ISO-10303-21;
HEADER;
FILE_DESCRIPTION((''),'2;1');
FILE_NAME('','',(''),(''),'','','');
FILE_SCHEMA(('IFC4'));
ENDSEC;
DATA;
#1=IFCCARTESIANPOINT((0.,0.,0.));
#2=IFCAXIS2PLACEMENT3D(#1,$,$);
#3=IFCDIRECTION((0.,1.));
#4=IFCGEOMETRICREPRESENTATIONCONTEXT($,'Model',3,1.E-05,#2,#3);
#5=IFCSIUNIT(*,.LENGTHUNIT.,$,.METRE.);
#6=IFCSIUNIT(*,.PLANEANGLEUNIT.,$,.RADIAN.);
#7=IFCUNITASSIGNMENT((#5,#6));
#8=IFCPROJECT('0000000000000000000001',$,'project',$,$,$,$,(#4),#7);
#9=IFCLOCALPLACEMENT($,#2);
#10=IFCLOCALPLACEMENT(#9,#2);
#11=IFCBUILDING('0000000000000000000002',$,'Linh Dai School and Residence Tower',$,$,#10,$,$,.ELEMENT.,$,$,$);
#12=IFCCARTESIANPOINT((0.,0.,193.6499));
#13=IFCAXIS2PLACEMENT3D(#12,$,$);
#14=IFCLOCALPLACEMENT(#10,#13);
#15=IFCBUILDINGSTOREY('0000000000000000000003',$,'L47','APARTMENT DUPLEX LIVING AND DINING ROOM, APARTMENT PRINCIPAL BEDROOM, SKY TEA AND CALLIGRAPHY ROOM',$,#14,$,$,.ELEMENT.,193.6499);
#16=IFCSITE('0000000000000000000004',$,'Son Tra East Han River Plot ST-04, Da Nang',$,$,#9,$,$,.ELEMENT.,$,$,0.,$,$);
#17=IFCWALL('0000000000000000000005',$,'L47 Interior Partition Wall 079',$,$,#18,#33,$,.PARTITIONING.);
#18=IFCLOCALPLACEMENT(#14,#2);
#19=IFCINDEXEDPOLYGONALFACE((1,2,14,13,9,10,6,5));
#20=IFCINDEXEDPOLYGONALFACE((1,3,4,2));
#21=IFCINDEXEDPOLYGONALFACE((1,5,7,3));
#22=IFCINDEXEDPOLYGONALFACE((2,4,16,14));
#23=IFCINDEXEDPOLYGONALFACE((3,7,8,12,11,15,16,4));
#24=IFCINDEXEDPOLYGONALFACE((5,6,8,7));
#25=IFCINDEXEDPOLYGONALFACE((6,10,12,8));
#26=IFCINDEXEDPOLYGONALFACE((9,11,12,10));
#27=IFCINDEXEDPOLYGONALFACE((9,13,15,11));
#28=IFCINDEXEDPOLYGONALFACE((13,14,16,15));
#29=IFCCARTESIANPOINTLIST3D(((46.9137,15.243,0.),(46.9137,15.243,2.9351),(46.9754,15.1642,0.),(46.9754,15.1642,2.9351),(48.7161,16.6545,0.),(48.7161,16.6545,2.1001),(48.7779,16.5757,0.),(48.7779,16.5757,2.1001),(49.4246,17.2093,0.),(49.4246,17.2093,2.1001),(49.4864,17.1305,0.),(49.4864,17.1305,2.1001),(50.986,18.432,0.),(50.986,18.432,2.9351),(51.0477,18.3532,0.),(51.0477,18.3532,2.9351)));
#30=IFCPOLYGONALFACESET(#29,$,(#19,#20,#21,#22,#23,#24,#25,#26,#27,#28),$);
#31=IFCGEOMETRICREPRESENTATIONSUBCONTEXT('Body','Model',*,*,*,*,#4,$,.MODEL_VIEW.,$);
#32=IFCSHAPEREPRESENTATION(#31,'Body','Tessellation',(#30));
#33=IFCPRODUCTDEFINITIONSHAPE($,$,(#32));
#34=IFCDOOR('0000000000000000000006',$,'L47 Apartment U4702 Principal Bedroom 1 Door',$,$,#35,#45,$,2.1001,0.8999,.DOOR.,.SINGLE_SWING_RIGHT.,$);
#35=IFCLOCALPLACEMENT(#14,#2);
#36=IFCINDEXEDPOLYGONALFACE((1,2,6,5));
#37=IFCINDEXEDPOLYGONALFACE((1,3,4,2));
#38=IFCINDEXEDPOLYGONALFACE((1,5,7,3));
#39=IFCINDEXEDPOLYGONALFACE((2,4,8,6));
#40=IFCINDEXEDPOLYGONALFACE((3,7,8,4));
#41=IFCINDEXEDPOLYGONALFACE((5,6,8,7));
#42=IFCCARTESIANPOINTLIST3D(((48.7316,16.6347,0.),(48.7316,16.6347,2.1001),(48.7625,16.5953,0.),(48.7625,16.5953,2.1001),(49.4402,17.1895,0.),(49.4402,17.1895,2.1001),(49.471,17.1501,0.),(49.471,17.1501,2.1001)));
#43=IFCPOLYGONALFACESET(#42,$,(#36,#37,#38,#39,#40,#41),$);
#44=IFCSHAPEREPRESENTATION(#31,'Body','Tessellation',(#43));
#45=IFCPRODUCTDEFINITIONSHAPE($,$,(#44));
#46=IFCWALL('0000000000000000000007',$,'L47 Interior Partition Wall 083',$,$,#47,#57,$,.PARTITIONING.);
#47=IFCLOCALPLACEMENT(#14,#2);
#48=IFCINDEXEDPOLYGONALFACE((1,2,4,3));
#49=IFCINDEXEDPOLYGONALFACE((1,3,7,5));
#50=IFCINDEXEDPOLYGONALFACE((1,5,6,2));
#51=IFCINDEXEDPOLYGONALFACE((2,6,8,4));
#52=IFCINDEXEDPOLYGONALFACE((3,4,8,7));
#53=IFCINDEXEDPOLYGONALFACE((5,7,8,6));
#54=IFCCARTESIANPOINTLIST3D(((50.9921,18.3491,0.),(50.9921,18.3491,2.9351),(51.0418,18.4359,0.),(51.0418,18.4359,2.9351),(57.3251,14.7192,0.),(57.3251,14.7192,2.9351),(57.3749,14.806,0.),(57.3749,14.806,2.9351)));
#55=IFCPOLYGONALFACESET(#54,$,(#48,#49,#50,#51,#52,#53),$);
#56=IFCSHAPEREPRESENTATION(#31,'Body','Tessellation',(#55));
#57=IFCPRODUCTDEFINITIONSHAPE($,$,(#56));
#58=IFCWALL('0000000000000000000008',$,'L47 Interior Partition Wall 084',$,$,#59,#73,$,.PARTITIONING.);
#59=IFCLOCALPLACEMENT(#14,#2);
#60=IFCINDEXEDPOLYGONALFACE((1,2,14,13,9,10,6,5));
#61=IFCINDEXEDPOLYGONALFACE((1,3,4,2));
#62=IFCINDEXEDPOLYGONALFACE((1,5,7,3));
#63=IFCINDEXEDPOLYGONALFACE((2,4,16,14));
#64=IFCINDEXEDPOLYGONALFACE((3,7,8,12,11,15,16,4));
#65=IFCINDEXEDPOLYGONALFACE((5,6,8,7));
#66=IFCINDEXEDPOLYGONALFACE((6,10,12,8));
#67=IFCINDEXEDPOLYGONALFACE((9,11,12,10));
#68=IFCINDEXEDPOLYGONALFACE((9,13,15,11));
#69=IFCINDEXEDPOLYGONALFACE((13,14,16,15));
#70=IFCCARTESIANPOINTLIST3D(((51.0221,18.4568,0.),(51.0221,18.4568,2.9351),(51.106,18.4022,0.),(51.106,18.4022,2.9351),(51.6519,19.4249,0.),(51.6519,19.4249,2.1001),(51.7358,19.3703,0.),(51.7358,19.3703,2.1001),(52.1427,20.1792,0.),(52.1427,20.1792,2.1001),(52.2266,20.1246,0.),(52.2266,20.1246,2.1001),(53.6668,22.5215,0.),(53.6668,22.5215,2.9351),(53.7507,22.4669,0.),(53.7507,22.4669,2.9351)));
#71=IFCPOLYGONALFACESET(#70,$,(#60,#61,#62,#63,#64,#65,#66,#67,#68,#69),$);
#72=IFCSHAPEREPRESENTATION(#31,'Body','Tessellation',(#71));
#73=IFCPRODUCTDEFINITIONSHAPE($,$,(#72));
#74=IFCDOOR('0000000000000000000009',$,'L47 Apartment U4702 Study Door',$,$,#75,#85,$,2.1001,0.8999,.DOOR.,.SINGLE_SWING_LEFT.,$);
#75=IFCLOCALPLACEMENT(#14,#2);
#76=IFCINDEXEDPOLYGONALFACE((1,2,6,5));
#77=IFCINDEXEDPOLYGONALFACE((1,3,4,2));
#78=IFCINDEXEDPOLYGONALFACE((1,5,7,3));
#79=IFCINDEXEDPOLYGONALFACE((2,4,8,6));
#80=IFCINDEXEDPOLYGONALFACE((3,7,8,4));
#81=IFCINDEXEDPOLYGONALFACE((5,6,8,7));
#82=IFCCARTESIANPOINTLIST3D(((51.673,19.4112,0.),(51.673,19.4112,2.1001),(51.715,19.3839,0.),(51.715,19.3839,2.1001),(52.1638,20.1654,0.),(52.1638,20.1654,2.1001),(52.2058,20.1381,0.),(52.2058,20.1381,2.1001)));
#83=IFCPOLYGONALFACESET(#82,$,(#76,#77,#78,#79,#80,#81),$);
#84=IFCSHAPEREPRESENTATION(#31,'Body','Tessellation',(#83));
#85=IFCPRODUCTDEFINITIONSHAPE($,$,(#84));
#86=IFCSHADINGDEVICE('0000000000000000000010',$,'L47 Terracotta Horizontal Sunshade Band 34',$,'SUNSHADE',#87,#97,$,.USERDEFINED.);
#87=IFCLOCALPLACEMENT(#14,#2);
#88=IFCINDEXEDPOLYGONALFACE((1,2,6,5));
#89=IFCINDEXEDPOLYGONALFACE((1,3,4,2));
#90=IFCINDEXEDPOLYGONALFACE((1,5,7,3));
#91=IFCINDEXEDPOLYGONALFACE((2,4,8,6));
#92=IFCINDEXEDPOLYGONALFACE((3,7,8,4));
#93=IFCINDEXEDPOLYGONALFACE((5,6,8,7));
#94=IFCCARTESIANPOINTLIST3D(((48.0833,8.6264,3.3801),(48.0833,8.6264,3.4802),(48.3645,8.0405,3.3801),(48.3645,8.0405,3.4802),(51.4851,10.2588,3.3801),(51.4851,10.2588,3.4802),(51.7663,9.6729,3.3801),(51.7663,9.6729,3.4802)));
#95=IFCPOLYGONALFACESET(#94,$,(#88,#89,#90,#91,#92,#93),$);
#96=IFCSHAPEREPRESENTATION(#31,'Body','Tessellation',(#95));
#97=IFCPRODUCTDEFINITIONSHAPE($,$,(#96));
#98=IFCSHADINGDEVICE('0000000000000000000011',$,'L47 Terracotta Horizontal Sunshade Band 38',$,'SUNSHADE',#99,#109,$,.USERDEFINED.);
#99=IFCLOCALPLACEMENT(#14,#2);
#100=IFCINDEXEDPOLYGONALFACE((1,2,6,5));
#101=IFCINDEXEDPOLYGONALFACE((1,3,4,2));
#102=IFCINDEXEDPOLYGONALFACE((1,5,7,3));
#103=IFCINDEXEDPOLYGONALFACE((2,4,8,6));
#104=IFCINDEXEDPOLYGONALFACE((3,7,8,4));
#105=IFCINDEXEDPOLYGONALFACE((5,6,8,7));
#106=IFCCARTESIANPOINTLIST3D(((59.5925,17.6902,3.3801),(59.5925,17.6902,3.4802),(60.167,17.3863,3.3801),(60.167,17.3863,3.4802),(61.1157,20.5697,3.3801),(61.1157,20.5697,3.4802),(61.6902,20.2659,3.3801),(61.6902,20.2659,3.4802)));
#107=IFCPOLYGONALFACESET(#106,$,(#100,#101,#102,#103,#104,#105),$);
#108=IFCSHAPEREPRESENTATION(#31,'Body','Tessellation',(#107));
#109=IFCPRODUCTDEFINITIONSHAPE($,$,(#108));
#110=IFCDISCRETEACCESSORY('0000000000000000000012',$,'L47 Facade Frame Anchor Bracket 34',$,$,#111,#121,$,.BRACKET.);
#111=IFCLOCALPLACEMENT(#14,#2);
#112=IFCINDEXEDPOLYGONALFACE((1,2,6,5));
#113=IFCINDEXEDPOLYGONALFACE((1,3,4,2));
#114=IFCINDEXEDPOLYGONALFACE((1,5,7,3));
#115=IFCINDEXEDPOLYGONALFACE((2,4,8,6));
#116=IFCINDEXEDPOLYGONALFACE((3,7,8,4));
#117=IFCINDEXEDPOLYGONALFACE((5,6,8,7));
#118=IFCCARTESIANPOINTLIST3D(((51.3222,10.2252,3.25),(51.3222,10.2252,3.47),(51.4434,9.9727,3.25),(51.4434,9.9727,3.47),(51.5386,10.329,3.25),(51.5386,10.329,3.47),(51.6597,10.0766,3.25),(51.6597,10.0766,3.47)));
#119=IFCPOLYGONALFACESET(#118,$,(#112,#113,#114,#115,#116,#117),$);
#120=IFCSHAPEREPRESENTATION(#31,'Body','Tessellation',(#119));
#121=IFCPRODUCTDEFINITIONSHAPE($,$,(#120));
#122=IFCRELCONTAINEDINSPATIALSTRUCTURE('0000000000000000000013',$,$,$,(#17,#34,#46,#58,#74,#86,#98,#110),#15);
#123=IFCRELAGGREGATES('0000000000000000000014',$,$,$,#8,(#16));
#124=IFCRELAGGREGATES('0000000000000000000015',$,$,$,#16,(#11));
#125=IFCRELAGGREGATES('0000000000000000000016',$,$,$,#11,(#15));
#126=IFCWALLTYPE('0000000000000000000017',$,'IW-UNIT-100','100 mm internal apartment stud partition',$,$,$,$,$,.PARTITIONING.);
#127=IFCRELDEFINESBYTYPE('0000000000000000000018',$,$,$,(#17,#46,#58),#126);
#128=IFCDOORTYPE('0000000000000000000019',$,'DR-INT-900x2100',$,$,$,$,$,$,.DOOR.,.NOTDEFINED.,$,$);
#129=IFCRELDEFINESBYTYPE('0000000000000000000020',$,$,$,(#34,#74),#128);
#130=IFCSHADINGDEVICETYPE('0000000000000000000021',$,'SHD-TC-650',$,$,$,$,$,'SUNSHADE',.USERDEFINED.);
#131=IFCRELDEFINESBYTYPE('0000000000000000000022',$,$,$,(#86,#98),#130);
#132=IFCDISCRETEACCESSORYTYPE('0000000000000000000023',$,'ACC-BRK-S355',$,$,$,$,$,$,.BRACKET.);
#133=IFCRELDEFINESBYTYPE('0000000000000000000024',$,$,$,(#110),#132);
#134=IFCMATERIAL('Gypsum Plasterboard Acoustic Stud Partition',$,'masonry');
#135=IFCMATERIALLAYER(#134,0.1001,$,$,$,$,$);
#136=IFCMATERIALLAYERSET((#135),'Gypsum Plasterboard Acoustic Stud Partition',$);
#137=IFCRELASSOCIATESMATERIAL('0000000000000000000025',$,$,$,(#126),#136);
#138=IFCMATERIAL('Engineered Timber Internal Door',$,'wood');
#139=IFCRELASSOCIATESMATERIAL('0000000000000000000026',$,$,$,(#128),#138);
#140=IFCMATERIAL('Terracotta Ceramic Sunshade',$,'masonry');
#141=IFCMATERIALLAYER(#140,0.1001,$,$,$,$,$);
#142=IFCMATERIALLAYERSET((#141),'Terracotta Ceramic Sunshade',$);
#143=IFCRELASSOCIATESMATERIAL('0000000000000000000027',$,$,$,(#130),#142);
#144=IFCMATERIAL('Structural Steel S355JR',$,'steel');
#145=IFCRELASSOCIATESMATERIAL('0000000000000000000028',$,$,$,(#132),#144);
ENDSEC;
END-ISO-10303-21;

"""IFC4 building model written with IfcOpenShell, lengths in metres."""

from ifc_helpers import new_model, si_unit, direction, frame, frame_2d, origin, origin_2d, place, context, subcontext, project, spatial, rectangle, extrude, source, transform, mapped, material, layer, layer_set, type_object, element, fill, save


model = new_model("IFC4")

# Units and contexts
model_context = context("Model", 3, precision=1e-05, world=origin(), true_north=direction((0.0, 1.0)))
body_context = subcontext(model_context, "Body", "Model", "MODEL_VIEW")
ifc_project = project(units=[si_unit("LENGTHUNIT", "METRE"), si_unit("PLANEANGLEUNIT", "RADIAN")], contexts=[model_context])

# Site, building, storey
site_placement = place(None, origin())
site = spatial("IfcSite", under=ifc_project, at=site_placement, Name="Son Tra East Han River Plot ST-04, Da Nang", CompositionType="ELEMENT", RefElevation=0.0)
building_placement = place(site_placement, origin())
building = spatial("IfcBuilding", under=site, at=building_placement, Name="Linh Dai School and Residence Tower", CompositionType="ELEMENT")
storey_placement = place(building_placement, frame((0.0, 0.0, 193.6499)))
storey = spatial("IfcBuildingStorey", under=building, at=storey_placement, Name="L47", Description="APARTMENT DUPLEX LIVING AND DINING ROOM, APARTMENT PRINCIPAL BEDROOM, SKY TEA AND CALLIGRAPHY ROOM", CompositionType="ELEMENT", Elevation=193.6499)

# Shared definitions
ifc_material_1 = material(Name="Structural Steel S355JR", Category="steel")

# Wall, opening, door
ifc_material_2 = material(Name="Gypsum Plasterboard Acoustic Stud Partition", Category="masonry")
ifc_layer_1 = layer(ifc_material_2, 0.1001)
ifc_layer_set_1 = layer_set([ifc_layer_1], Name="Gypsum Plasterboard Acoustic Stud Partition")
wall_type_1 = type_object("IfcWallType", Name="IW-UNIT-100", Description="100 mm internal apartment stud partition", PredefinedType="PARTITIONING", material=ifc_layer_set_1)
wall_1_placement = place(storey_placement, frame((46.9446, 15.2036, 0.0), z_axis=(0.0, 0.0, 1.0), x_axis=(0.78732, 0.616545, 0.0)))
wall_1 = element("IfcWall", 1, at=wall_1_placement, inside=storey, type_object=wall_type_1, Name="L47 Interior Partition Wall 079", PredefinedType="PARTITIONING", context=body_context, shape_type="SweptSolid", body=[
    extrude(rectangle(XDim=5.1724, YDim=0.1001, at=frame_2d((2.5862, 0.0))), origin(), (0.0, 0.0, 1.0), 2.9351),
])
opening_1_placement = place(wall_1_placement, frame((2.2893, 0.0, 0.0)))
opening_1 = element("IfcOpeningElement", 2, at=opening_1_placement, cuts=wall_1, PredefinedType="OPENING", context=body_context, shape_type="SweptSolid", body=[
    extrude(rectangle(XDim=0.8999, YDim=2.1001, at=origin_2d()), frame((0.45, 0.0601, 1.05), z_axis=(0.0, -1.0, 0.0), x_axis=(1.0, 0.0, 0.0)), (0.0, 0.0, 1.0), 0.1201),
])
ifc_material_3 = material(Name="Engineered Timber Internal Door", Category="wood")
door_type = type_object("IfcDoorType", Name="DR-INT-900x2100", OperationType="NOTDEFINED", PredefinedType="DOOR", material=ifc_material_3)
shared_shape_1 = source(origin(), body_context, "Body", "SweptSolid", [
    extrude(rectangle(XDim=0.8999, YDim=2.1001, at=origin_2d()), frame((0.45, 0.0249, 1.05), z_axis=(0.0, -1.0, 0.0), x_axis=(1.0, 0.0, 0.0)), (0.0, 0.0, 1.0), 0.05),
])
door_1_placement = place(opening_1_placement, origin())
door_1 = element("IfcDoor", 3, at=door_1_placement, inside=storey, type_object=door_type, Name="L47 Apartment U4702 Principal Bedroom 1 Door", OperationType="SINGLE_SWING_RIGHT", OverallHeight=2.1001, OverallWidth=0.8999, PredefinedType="DOOR", context=body_context, shape_type="MappedRepresentation", body=[
    mapped(shared_shape_1, transform((0.0, 0.0, 0.0), x_axis=(1.0, 0.0, 0.0), y_axis=(0.0, 1.0, 0.0), z_axis=(0.0, 0.0, 1.0), scale=1.0)),
])
fill(opening_1, door_1)

# Wall
wall_2_placement = place(storey_placement, frame((51.0168, 18.3926, 0.0), z_axis=(0.0, 0.0, 1.0), x_axis=(0.867592, -0.497277, 0.0)))
element("IfcWall", 4, at=wall_2_placement, inside=storey, type_object=wall_type_1, Name="L47 Interior Partition Wall 083", PredefinedType="PARTITIONING", context=body_context, shape_type="SweptSolid", body=[
    extrude(rectangle(XDim=7.2996, YDim=0.1001, at=frame_2d((3.6499, 0.0))), origin(), (0.0, 0.0, 1.0), 2.9351),
])

# Wall, opening, door
wall_3_placement = place(storey_placement, frame((51.064, 18.4294, 0.0), z_axis=(0.0, 0.0, 1.0), x_axis=(0.545383, 0.838187, 0.0)))
wall_3 = element("IfcWall", 5, at=wall_3_placement, inside=storey, type_object=wall_type_1, Name="L47 Interior Partition Wall 084", PredefinedType="PARTITIONING", context=body_context, shape_type="SweptSolid", body=[
    extrude(rectangle(XDim=4.8494, YDim=0.1001, at=frame_2d((2.4248, 0.0))), origin(), (0.0, 0.0, 1.0), 2.9351),
])
opening_2_placement = place(wall_3_placement, frame((1.155, 0.0, 0.0)))
opening_2 = element("IfcOpeningElement", 6, at=opening_2_placement, cuts=wall_3, PredefinedType="OPENING", context=body_context, shape_type="SweptSolid", body=[
    extrude(rectangle(XDim=0.8999, YDim=2.1001, at=origin_2d()), frame((0.45, 0.0601, 1.05), z_axis=(0.0, -1.0, 0.0), x_axis=(1.0, 0.0, 0.0)), (0.0, 0.0, 1.0), 0.1201),
])
door_2_placement = place(opening_2_placement, origin())
door_2 = element("IfcDoor", 7, at=door_2_placement, inside=storey, type_object=door_type, Name="L47 Apartment U4702 Study Door", OperationType="SINGLE_SWING_LEFT", OverallHeight=2.1001, OverallWidth=0.8999, PredefinedType="DOOR", context=body_context, shape_type="MappedRepresentation", body=[
    mapped(shared_shape_1, transform((0.0, 0.0, 0.0), x_axis=(1.0, 0.0, 0.0), y_axis=(0.0, 1.0, 0.0), z_axis=(0.0, 0.0, 1.0), scale=1.0)),
])
fill(opening_2, door_2)

# Shading devices
ifc_material_4 = material(Name="Terracotta Ceramic Sunshade", Category="masonry")
ifc_layer_2 = layer(ifc_material_4, 0.1001)
ifc_layer_set_2 = layer_set([ifc_layer_2], Name="Terracotta Ceramic Sunshade")
shading_device_type = type_object("IfcShadingDeviceType", Name="SHD-TC-650", ElementType="SUNSHADE", PredefinedType="USERDEFINED", material=ifc_layer_set_2)
shared_shape_2 = source(origin(), body_context, "Body", "SweptSolid", [
    extrude(rectangle(XDim=3.7732, YDim=0.6499, at=origin_2d()), origin(), (0.0, 0.0, 1.0), 0.1001),
])
shading_device_1_placement = place(storey_placement, frame((49.9248, 9.1497, 3.3801), z_axis=(0.0, 0.0, 1.0), x_axis=(-0.901569, -0.432635, 0.0)))
element("IfcShadingDevice", 8, at=shading_device_1_placement, inside=storey, type_object=shading_device_type, Name="L47 Terracotta Horizontal Sunshade Band 34", ObjectType="SUNSHADE", PredefinedType="USERDEFINED", context=body_context, shape_type="MappedRepresentation", body=[
    mapped(shared_shape_2, transform((0.0, 0.0, 0.0), x_axis=(1.0, 0.0, 0.0), y_axis=(0.0, 1.0, 0.0), z_axis=(0.0, 0.0, 1.0), scale=1.0)),
])
shared_shape_3 = source(origin(), body_context, "Body", "SweptSolid", [
    extrude(rectangle(XDim=3.2576, YDim=0.6499, at=origin_2d()), origin(), (0.0, 0.0, 1.0), 0.1001),
])
shading_device_2_placement = place(storey_placement, frame((60.6414, 18.978, 3.3801), z_axis=(0.0, 0.0, 1.0), x_axis=(-0.46758, -0.883951, 0.0)))
element("IfcShadingDevice", 9, at=shading_device_2_placement, inside=storey, type_object=shading_device_type, Name="L47 Terracotta Horizontal Sunshade Band 38", ObjectType="SUNSHADE", PredefinedType="USERDEFINED", context=body_context, shape_type="MappedRepresentation", body=[
    mapped(shared_shape_3, transform((0.0, 0.0, 0.0), x_axis=(1.0, 0.0, 0.0), y_axis=(0.0, 1.0, 0.0), z_axis=(0.0, 0.0, 1.0), scale=1.0)),
])

# Discrete accessory
discrete_accessory_type = type_object("IfcDiscreteAccessoryType", Name="ACC-BRK-S355", PredefinedType="BRACKET", material=ifc_material_1)
shared_shape_4 = source(origin(), body_context, "Body", "SweptSolid", [
    extrude(rectangle(XDim=0.28, YDim=0.24, at=origin_2d()), origin(), (0.0, 0.0, 1.0), 0.22),
])
discrete_accessory_placement = place(storey_placement, frame((51.491, 10.1509, 3.25), z_axis=(0.0, 0.0, 1.0), x_axis=(0.432635, -0.901569, 0.0)))
element("IfcDiscreteAccessory", 10, at=discrete_accessory_placement, inside=storey, type_object=discrete_accessory_type, Name="L47 Facade Frame Anchor Bracket 34", PredefinedType="BRACKET", context=body_context, shape_type="MappedRepresentation", body=[
    mapped(shared_shape_4, transform((0.0, 0.0, 0.0), x_axis=(1.0, 0.0, 0.0), y_axis=(0.0, 1.0, 0.0), z_axis=(0.0, 0.0, 1.0), scale=1.0)),
])

save(model, "model.ifc")
